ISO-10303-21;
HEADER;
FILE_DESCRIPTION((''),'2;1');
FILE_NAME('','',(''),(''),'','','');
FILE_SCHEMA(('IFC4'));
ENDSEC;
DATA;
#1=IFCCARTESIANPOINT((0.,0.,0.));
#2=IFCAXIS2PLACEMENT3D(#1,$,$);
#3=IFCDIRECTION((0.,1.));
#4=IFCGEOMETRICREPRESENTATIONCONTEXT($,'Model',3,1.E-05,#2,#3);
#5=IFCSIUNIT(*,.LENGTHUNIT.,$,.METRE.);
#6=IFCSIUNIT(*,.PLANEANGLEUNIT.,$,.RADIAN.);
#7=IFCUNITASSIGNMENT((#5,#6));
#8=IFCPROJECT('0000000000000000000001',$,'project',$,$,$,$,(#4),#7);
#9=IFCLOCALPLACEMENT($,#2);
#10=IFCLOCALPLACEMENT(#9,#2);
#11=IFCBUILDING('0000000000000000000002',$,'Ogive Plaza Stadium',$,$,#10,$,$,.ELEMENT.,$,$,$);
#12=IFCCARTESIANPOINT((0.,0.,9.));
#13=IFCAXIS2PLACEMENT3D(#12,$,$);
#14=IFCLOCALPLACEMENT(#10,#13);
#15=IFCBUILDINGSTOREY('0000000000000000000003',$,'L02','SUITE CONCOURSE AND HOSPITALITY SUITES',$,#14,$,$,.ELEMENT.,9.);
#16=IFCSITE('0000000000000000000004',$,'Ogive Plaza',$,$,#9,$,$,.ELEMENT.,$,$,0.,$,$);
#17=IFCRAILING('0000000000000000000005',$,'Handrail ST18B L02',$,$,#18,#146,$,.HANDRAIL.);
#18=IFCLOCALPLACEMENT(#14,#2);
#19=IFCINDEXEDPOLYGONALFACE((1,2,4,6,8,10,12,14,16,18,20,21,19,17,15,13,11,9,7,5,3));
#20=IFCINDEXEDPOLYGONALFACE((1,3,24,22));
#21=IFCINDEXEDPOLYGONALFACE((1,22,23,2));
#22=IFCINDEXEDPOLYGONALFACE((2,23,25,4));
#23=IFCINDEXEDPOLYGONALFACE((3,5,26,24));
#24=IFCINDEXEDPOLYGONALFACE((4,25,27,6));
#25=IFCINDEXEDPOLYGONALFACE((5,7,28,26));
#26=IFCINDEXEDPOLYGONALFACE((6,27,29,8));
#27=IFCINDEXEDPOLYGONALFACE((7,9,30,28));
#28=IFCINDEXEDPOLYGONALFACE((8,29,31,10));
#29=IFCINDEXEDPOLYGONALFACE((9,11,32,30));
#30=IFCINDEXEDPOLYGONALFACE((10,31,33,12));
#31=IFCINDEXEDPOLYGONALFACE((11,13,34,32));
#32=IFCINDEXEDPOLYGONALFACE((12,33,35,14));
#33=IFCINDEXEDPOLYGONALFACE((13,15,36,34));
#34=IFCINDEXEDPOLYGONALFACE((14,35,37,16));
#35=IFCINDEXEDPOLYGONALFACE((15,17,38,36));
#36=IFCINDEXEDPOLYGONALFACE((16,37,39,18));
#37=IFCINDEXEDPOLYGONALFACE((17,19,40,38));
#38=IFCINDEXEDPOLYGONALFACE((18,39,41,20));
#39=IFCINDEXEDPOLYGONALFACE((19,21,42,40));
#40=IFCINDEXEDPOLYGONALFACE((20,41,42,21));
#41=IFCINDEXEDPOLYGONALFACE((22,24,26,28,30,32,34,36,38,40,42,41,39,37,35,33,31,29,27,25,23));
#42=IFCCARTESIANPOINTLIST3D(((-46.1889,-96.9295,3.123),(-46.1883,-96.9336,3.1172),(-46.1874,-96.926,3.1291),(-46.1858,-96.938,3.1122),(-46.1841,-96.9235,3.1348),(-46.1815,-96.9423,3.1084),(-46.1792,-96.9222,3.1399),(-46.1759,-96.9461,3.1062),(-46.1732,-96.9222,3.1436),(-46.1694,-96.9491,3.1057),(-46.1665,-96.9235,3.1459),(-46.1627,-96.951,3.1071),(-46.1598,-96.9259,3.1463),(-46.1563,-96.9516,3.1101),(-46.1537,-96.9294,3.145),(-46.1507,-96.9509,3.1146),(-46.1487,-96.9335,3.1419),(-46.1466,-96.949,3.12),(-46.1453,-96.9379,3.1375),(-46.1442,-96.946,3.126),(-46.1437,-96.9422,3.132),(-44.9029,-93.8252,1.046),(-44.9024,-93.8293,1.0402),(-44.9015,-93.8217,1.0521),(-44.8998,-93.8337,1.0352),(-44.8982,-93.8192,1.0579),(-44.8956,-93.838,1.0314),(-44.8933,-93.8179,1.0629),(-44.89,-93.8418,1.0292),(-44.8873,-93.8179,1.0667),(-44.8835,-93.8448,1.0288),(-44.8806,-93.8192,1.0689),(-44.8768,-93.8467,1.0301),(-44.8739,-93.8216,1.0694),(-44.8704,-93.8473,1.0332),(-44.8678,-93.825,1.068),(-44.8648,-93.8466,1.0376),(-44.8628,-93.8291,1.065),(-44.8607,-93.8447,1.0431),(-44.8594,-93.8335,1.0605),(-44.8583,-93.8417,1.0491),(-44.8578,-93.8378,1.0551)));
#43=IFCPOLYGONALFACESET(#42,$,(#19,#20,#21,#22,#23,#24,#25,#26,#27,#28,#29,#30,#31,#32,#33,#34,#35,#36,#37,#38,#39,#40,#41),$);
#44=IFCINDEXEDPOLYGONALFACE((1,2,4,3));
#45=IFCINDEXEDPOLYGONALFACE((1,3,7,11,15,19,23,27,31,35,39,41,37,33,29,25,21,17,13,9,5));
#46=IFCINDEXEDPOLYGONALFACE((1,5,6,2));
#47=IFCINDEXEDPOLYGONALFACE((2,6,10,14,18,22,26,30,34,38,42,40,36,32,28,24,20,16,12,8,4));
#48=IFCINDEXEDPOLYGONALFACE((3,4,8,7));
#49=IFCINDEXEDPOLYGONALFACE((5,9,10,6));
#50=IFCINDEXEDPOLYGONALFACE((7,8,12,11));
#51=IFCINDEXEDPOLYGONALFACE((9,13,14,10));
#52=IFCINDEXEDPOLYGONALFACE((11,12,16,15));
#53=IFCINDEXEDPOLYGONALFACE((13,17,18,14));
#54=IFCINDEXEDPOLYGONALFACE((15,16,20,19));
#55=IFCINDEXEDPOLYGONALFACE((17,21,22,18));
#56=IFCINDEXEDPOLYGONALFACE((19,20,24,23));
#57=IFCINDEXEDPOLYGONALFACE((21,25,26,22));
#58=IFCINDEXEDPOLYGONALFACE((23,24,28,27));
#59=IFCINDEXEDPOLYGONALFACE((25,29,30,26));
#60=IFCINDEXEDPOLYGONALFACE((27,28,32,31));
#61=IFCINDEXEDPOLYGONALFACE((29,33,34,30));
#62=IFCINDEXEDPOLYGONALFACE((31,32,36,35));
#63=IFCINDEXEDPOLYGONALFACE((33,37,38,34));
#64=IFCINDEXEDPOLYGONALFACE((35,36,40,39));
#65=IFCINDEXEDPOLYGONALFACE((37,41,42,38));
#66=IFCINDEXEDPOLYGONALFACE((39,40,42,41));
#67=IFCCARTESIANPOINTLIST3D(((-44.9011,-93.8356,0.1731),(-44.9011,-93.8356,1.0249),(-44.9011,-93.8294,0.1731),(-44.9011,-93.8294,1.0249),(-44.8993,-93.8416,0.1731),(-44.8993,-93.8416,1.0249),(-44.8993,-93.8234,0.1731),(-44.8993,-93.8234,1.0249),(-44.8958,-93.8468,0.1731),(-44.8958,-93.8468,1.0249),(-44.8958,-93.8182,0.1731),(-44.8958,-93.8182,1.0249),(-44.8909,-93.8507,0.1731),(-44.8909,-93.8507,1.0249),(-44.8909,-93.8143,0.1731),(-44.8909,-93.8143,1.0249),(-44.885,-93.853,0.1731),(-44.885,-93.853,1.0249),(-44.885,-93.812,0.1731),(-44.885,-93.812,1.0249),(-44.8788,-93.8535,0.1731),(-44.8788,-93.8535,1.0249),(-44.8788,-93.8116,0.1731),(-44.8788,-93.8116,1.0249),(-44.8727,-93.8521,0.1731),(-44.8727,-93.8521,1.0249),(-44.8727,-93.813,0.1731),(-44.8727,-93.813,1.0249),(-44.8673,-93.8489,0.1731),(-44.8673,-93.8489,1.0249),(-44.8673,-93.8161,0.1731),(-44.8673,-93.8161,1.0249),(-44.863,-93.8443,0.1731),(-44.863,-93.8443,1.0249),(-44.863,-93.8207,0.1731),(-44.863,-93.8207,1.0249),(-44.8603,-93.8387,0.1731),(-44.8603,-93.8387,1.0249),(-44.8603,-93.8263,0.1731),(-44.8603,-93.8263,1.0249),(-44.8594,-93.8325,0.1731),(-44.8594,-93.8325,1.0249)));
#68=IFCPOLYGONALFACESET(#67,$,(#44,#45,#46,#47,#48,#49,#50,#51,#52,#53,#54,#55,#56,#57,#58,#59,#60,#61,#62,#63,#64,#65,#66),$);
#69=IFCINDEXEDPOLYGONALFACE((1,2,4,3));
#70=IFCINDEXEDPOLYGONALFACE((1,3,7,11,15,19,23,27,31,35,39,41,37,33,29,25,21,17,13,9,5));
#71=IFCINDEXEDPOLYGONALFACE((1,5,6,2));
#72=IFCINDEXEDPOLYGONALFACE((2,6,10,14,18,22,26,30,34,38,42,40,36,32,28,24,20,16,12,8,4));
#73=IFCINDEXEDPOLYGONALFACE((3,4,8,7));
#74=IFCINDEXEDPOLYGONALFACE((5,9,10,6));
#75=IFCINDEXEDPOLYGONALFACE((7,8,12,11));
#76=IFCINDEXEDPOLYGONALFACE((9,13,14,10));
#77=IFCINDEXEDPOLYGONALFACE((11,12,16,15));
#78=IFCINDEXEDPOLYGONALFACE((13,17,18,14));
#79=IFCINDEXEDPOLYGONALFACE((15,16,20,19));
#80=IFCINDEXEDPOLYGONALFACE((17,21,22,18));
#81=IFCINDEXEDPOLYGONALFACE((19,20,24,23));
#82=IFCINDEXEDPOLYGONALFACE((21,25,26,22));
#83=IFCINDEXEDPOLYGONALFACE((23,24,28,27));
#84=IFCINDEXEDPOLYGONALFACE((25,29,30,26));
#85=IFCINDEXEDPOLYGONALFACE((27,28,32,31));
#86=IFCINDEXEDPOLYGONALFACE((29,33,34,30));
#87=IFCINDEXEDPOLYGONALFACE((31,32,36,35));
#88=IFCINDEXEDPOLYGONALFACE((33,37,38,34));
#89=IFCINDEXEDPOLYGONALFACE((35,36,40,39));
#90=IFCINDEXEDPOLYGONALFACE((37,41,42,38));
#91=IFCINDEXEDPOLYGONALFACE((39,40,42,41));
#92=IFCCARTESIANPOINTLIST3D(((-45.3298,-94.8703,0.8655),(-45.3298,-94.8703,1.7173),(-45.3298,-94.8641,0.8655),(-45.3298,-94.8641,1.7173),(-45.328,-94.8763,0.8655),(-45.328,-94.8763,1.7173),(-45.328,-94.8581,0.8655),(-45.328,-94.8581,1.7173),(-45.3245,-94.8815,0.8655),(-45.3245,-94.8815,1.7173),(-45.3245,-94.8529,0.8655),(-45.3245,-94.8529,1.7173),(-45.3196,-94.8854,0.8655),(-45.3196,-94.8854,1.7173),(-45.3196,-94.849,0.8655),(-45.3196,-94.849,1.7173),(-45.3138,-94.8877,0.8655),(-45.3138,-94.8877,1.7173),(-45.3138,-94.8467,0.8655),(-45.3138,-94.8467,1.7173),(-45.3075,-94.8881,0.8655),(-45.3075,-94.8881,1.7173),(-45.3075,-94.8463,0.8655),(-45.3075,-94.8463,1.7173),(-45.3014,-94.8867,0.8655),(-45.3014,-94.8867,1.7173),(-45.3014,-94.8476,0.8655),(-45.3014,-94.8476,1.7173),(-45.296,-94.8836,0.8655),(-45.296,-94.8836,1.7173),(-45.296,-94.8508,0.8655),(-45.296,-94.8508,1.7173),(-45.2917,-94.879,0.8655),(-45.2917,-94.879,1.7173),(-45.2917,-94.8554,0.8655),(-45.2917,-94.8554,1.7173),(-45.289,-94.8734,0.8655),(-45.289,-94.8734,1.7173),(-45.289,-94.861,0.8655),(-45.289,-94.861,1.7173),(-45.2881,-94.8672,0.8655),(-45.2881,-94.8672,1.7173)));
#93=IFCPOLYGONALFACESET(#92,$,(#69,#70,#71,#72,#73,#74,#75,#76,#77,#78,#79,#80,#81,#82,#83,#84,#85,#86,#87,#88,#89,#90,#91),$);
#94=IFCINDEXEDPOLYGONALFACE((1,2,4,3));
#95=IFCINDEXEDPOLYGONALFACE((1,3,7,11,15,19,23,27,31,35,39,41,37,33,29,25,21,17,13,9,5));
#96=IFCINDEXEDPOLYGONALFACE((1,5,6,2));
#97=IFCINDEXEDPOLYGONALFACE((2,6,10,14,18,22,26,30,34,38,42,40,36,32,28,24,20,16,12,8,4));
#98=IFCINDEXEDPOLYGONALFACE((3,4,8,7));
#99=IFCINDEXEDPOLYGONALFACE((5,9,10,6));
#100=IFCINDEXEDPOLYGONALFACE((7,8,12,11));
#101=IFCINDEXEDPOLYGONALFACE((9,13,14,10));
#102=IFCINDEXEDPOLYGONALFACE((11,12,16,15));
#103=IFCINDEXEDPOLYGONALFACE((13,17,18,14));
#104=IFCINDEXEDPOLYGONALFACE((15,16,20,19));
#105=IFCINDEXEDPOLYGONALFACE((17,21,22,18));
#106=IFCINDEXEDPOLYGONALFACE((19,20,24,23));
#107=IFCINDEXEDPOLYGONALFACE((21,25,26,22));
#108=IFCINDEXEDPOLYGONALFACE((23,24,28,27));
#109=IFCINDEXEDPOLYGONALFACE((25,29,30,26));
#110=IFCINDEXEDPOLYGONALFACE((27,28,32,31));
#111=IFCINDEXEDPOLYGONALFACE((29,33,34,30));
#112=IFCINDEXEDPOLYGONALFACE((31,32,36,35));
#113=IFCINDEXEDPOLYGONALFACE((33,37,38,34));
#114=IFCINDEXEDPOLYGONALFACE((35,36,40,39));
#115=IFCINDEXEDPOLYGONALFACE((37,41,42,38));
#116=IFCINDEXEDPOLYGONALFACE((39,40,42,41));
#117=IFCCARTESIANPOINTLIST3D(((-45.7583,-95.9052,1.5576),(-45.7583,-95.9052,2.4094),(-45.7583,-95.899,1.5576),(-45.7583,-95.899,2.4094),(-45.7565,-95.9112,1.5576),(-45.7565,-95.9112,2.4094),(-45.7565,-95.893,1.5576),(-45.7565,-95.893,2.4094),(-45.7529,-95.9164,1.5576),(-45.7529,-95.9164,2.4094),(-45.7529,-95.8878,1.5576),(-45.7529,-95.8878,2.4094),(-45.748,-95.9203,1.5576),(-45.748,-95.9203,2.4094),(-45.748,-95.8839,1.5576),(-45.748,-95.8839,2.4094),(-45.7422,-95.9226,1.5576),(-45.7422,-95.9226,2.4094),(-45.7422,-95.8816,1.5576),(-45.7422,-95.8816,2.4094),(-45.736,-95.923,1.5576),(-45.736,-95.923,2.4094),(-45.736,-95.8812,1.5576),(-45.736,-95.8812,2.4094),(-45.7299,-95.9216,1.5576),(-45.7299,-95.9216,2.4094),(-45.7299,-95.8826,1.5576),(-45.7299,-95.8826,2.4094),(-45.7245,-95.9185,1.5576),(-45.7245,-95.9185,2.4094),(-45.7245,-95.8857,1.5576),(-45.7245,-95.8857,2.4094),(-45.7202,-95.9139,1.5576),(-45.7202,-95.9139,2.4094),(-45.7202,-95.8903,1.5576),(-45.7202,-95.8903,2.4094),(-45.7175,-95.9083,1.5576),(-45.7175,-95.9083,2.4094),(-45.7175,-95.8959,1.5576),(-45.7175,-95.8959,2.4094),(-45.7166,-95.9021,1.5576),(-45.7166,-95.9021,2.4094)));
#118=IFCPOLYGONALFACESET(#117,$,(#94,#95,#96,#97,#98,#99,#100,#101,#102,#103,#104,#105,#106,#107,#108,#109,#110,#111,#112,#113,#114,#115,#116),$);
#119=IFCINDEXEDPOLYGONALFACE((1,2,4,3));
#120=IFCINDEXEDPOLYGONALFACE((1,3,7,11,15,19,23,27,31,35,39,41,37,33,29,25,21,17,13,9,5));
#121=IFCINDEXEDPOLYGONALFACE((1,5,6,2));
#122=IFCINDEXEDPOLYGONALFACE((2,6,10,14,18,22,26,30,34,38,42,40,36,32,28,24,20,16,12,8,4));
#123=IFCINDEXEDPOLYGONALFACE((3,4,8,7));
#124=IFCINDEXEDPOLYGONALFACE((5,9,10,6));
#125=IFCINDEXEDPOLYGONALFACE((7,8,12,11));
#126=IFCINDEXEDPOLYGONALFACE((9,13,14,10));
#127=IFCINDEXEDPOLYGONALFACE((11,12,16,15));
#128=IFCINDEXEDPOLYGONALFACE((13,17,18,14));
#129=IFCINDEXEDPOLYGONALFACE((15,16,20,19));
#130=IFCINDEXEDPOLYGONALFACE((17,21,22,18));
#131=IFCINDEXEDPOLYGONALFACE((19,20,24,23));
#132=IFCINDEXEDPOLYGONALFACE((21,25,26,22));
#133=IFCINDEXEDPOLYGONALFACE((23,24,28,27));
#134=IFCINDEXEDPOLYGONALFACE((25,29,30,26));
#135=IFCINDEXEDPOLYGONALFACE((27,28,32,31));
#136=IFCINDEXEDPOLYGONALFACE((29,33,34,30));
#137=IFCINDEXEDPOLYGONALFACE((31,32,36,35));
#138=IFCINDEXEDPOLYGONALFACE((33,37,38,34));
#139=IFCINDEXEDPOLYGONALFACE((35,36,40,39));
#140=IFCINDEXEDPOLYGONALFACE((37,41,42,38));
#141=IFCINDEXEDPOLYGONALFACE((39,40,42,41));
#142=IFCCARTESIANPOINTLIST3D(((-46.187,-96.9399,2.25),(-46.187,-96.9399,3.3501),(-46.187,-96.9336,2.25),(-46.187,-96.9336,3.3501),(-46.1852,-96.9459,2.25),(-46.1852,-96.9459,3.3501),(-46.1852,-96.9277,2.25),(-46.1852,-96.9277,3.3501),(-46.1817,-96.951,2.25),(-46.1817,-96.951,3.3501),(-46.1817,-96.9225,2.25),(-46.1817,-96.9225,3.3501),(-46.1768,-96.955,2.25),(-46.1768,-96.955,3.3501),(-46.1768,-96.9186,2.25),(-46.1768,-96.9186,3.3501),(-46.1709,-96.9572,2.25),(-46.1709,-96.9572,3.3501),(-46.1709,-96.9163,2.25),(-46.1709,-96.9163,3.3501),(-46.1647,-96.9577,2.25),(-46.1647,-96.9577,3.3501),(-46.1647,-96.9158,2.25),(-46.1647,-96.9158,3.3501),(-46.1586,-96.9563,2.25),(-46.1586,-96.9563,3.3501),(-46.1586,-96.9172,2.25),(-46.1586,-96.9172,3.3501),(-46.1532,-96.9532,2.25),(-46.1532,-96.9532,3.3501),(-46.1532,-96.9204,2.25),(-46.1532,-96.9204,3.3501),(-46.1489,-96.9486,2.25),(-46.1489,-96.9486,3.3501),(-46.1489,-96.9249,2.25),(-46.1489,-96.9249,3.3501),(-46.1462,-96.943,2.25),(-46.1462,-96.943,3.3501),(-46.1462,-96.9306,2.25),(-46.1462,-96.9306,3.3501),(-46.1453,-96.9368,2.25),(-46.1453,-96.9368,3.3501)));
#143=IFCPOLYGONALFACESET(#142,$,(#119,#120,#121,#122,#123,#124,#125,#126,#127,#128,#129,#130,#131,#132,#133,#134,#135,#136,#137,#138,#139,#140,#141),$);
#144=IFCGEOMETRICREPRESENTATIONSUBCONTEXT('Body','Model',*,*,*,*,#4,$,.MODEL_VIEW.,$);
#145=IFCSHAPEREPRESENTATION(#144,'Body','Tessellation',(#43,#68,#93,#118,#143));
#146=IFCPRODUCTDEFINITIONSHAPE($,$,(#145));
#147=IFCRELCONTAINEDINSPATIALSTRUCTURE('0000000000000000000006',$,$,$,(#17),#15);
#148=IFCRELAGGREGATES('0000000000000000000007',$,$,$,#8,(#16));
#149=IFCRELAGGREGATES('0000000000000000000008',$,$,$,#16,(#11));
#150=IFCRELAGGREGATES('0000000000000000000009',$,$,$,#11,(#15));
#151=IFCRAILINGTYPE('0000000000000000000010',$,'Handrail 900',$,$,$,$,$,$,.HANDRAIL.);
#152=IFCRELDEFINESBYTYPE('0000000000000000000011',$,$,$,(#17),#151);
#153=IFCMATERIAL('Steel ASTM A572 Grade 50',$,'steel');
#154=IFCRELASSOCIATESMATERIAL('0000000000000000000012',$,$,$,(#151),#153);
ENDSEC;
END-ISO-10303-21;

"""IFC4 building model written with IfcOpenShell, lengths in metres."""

from ifc_helpers import new_model, si_unit, direction, frame, origin, origin_2d, place, context, subcontext, project, spatial, circle, extrude, material, type_object, element, save


model = new_model("IFC4")

# Units and contexts
model_context = context("Model", 3, precision=1e-05, world=origin(), true_north=direction((0.0, 1.0)))
body_context = subcontext(model_context, "Body", "Model", "MODEL_VIEW")
ifc_project = project(units=[si_unit("LENGTHUNIT", "METRE"), si_unit("PLANEANGLEUNIT", "RADIAN")], contexts=[model_context])

# Site, building, storey
site_placement = place(None, origin())
site = spatial("IfcSite", under=ifc_project, at=site_placement, Name="Ogive Plaza", CompositionType="ELEMENT", RefElevation=0.0)
building_placement = place(site_placement, origin())
building = spatial("IfcBuilding", under=site, at=building_placement, Name="Ogive Plaza Stadium", CompositionType="ELEMENT")
storey_placement = place(building_placement, frame((0.0, 0.0, 9.0)))
storey = spatial("IfcBuildingStorey", under=building, at=storey_placement, Name="L02", Description="SUITE CONCOURSE AND HOSPITALITY SUITES", CompositionType="ELEMENT", Elevation=9.0)

# Railing
ifc_material_1 = material(Name="Steel ASTM A572 Grade 50", Category="steel")
railing_type_1 = type_object("IfcRailingType", Name="Handrail 900", PredefinedType="HANDRAIL", material=ifc_material_1)
for number, where, name in (
    (1, (-44.8804, -93.8325, 0.1731), "Handrail ST18B L02"),
):
    element("IfcRailing", number, at=place(storey_placement, frame(where)), inside=storey, type_object=railing_type_1, Name=name, PredefinedType="HANDRAIL", context=body_context, shape_type="SweptSolid", body=[
        extrude(circle(Radius=0.0239, at=origin_2d()), frame((0.0, 0.0, 0.876), z_axis=(-0.325532, -0.785863, 0.525783), x_axis=(0.923872, -0.3827, 0.0)), (0.0, 0.0, 1.0), 3.9502),
        extrude(circle(Radius=0.021, at=origin_2d()), origin(), (0.0, 0.0, 1.0), 0.8518),
        extrude(circle(Radius=0.021, at=origin_2d()), frame((-0.4287, -1.0347, 0.6924)), (0.0, 0.0, 1.0), 0.8518),
        extrude(circle(Radius=0.021, at=origin_2d()), frame((-0.8572, -2.0696, 1.3845)), (0.0, 0.0, 1.0), 0.8518),
        extrude(circle(Radius=0.021, at=origin_2d()), frame((-1.2859, -3.1042, 2.0769)), (0.0, 0.0, 1.0), 1.1001),
    ])

save(model, "model.ifc")
